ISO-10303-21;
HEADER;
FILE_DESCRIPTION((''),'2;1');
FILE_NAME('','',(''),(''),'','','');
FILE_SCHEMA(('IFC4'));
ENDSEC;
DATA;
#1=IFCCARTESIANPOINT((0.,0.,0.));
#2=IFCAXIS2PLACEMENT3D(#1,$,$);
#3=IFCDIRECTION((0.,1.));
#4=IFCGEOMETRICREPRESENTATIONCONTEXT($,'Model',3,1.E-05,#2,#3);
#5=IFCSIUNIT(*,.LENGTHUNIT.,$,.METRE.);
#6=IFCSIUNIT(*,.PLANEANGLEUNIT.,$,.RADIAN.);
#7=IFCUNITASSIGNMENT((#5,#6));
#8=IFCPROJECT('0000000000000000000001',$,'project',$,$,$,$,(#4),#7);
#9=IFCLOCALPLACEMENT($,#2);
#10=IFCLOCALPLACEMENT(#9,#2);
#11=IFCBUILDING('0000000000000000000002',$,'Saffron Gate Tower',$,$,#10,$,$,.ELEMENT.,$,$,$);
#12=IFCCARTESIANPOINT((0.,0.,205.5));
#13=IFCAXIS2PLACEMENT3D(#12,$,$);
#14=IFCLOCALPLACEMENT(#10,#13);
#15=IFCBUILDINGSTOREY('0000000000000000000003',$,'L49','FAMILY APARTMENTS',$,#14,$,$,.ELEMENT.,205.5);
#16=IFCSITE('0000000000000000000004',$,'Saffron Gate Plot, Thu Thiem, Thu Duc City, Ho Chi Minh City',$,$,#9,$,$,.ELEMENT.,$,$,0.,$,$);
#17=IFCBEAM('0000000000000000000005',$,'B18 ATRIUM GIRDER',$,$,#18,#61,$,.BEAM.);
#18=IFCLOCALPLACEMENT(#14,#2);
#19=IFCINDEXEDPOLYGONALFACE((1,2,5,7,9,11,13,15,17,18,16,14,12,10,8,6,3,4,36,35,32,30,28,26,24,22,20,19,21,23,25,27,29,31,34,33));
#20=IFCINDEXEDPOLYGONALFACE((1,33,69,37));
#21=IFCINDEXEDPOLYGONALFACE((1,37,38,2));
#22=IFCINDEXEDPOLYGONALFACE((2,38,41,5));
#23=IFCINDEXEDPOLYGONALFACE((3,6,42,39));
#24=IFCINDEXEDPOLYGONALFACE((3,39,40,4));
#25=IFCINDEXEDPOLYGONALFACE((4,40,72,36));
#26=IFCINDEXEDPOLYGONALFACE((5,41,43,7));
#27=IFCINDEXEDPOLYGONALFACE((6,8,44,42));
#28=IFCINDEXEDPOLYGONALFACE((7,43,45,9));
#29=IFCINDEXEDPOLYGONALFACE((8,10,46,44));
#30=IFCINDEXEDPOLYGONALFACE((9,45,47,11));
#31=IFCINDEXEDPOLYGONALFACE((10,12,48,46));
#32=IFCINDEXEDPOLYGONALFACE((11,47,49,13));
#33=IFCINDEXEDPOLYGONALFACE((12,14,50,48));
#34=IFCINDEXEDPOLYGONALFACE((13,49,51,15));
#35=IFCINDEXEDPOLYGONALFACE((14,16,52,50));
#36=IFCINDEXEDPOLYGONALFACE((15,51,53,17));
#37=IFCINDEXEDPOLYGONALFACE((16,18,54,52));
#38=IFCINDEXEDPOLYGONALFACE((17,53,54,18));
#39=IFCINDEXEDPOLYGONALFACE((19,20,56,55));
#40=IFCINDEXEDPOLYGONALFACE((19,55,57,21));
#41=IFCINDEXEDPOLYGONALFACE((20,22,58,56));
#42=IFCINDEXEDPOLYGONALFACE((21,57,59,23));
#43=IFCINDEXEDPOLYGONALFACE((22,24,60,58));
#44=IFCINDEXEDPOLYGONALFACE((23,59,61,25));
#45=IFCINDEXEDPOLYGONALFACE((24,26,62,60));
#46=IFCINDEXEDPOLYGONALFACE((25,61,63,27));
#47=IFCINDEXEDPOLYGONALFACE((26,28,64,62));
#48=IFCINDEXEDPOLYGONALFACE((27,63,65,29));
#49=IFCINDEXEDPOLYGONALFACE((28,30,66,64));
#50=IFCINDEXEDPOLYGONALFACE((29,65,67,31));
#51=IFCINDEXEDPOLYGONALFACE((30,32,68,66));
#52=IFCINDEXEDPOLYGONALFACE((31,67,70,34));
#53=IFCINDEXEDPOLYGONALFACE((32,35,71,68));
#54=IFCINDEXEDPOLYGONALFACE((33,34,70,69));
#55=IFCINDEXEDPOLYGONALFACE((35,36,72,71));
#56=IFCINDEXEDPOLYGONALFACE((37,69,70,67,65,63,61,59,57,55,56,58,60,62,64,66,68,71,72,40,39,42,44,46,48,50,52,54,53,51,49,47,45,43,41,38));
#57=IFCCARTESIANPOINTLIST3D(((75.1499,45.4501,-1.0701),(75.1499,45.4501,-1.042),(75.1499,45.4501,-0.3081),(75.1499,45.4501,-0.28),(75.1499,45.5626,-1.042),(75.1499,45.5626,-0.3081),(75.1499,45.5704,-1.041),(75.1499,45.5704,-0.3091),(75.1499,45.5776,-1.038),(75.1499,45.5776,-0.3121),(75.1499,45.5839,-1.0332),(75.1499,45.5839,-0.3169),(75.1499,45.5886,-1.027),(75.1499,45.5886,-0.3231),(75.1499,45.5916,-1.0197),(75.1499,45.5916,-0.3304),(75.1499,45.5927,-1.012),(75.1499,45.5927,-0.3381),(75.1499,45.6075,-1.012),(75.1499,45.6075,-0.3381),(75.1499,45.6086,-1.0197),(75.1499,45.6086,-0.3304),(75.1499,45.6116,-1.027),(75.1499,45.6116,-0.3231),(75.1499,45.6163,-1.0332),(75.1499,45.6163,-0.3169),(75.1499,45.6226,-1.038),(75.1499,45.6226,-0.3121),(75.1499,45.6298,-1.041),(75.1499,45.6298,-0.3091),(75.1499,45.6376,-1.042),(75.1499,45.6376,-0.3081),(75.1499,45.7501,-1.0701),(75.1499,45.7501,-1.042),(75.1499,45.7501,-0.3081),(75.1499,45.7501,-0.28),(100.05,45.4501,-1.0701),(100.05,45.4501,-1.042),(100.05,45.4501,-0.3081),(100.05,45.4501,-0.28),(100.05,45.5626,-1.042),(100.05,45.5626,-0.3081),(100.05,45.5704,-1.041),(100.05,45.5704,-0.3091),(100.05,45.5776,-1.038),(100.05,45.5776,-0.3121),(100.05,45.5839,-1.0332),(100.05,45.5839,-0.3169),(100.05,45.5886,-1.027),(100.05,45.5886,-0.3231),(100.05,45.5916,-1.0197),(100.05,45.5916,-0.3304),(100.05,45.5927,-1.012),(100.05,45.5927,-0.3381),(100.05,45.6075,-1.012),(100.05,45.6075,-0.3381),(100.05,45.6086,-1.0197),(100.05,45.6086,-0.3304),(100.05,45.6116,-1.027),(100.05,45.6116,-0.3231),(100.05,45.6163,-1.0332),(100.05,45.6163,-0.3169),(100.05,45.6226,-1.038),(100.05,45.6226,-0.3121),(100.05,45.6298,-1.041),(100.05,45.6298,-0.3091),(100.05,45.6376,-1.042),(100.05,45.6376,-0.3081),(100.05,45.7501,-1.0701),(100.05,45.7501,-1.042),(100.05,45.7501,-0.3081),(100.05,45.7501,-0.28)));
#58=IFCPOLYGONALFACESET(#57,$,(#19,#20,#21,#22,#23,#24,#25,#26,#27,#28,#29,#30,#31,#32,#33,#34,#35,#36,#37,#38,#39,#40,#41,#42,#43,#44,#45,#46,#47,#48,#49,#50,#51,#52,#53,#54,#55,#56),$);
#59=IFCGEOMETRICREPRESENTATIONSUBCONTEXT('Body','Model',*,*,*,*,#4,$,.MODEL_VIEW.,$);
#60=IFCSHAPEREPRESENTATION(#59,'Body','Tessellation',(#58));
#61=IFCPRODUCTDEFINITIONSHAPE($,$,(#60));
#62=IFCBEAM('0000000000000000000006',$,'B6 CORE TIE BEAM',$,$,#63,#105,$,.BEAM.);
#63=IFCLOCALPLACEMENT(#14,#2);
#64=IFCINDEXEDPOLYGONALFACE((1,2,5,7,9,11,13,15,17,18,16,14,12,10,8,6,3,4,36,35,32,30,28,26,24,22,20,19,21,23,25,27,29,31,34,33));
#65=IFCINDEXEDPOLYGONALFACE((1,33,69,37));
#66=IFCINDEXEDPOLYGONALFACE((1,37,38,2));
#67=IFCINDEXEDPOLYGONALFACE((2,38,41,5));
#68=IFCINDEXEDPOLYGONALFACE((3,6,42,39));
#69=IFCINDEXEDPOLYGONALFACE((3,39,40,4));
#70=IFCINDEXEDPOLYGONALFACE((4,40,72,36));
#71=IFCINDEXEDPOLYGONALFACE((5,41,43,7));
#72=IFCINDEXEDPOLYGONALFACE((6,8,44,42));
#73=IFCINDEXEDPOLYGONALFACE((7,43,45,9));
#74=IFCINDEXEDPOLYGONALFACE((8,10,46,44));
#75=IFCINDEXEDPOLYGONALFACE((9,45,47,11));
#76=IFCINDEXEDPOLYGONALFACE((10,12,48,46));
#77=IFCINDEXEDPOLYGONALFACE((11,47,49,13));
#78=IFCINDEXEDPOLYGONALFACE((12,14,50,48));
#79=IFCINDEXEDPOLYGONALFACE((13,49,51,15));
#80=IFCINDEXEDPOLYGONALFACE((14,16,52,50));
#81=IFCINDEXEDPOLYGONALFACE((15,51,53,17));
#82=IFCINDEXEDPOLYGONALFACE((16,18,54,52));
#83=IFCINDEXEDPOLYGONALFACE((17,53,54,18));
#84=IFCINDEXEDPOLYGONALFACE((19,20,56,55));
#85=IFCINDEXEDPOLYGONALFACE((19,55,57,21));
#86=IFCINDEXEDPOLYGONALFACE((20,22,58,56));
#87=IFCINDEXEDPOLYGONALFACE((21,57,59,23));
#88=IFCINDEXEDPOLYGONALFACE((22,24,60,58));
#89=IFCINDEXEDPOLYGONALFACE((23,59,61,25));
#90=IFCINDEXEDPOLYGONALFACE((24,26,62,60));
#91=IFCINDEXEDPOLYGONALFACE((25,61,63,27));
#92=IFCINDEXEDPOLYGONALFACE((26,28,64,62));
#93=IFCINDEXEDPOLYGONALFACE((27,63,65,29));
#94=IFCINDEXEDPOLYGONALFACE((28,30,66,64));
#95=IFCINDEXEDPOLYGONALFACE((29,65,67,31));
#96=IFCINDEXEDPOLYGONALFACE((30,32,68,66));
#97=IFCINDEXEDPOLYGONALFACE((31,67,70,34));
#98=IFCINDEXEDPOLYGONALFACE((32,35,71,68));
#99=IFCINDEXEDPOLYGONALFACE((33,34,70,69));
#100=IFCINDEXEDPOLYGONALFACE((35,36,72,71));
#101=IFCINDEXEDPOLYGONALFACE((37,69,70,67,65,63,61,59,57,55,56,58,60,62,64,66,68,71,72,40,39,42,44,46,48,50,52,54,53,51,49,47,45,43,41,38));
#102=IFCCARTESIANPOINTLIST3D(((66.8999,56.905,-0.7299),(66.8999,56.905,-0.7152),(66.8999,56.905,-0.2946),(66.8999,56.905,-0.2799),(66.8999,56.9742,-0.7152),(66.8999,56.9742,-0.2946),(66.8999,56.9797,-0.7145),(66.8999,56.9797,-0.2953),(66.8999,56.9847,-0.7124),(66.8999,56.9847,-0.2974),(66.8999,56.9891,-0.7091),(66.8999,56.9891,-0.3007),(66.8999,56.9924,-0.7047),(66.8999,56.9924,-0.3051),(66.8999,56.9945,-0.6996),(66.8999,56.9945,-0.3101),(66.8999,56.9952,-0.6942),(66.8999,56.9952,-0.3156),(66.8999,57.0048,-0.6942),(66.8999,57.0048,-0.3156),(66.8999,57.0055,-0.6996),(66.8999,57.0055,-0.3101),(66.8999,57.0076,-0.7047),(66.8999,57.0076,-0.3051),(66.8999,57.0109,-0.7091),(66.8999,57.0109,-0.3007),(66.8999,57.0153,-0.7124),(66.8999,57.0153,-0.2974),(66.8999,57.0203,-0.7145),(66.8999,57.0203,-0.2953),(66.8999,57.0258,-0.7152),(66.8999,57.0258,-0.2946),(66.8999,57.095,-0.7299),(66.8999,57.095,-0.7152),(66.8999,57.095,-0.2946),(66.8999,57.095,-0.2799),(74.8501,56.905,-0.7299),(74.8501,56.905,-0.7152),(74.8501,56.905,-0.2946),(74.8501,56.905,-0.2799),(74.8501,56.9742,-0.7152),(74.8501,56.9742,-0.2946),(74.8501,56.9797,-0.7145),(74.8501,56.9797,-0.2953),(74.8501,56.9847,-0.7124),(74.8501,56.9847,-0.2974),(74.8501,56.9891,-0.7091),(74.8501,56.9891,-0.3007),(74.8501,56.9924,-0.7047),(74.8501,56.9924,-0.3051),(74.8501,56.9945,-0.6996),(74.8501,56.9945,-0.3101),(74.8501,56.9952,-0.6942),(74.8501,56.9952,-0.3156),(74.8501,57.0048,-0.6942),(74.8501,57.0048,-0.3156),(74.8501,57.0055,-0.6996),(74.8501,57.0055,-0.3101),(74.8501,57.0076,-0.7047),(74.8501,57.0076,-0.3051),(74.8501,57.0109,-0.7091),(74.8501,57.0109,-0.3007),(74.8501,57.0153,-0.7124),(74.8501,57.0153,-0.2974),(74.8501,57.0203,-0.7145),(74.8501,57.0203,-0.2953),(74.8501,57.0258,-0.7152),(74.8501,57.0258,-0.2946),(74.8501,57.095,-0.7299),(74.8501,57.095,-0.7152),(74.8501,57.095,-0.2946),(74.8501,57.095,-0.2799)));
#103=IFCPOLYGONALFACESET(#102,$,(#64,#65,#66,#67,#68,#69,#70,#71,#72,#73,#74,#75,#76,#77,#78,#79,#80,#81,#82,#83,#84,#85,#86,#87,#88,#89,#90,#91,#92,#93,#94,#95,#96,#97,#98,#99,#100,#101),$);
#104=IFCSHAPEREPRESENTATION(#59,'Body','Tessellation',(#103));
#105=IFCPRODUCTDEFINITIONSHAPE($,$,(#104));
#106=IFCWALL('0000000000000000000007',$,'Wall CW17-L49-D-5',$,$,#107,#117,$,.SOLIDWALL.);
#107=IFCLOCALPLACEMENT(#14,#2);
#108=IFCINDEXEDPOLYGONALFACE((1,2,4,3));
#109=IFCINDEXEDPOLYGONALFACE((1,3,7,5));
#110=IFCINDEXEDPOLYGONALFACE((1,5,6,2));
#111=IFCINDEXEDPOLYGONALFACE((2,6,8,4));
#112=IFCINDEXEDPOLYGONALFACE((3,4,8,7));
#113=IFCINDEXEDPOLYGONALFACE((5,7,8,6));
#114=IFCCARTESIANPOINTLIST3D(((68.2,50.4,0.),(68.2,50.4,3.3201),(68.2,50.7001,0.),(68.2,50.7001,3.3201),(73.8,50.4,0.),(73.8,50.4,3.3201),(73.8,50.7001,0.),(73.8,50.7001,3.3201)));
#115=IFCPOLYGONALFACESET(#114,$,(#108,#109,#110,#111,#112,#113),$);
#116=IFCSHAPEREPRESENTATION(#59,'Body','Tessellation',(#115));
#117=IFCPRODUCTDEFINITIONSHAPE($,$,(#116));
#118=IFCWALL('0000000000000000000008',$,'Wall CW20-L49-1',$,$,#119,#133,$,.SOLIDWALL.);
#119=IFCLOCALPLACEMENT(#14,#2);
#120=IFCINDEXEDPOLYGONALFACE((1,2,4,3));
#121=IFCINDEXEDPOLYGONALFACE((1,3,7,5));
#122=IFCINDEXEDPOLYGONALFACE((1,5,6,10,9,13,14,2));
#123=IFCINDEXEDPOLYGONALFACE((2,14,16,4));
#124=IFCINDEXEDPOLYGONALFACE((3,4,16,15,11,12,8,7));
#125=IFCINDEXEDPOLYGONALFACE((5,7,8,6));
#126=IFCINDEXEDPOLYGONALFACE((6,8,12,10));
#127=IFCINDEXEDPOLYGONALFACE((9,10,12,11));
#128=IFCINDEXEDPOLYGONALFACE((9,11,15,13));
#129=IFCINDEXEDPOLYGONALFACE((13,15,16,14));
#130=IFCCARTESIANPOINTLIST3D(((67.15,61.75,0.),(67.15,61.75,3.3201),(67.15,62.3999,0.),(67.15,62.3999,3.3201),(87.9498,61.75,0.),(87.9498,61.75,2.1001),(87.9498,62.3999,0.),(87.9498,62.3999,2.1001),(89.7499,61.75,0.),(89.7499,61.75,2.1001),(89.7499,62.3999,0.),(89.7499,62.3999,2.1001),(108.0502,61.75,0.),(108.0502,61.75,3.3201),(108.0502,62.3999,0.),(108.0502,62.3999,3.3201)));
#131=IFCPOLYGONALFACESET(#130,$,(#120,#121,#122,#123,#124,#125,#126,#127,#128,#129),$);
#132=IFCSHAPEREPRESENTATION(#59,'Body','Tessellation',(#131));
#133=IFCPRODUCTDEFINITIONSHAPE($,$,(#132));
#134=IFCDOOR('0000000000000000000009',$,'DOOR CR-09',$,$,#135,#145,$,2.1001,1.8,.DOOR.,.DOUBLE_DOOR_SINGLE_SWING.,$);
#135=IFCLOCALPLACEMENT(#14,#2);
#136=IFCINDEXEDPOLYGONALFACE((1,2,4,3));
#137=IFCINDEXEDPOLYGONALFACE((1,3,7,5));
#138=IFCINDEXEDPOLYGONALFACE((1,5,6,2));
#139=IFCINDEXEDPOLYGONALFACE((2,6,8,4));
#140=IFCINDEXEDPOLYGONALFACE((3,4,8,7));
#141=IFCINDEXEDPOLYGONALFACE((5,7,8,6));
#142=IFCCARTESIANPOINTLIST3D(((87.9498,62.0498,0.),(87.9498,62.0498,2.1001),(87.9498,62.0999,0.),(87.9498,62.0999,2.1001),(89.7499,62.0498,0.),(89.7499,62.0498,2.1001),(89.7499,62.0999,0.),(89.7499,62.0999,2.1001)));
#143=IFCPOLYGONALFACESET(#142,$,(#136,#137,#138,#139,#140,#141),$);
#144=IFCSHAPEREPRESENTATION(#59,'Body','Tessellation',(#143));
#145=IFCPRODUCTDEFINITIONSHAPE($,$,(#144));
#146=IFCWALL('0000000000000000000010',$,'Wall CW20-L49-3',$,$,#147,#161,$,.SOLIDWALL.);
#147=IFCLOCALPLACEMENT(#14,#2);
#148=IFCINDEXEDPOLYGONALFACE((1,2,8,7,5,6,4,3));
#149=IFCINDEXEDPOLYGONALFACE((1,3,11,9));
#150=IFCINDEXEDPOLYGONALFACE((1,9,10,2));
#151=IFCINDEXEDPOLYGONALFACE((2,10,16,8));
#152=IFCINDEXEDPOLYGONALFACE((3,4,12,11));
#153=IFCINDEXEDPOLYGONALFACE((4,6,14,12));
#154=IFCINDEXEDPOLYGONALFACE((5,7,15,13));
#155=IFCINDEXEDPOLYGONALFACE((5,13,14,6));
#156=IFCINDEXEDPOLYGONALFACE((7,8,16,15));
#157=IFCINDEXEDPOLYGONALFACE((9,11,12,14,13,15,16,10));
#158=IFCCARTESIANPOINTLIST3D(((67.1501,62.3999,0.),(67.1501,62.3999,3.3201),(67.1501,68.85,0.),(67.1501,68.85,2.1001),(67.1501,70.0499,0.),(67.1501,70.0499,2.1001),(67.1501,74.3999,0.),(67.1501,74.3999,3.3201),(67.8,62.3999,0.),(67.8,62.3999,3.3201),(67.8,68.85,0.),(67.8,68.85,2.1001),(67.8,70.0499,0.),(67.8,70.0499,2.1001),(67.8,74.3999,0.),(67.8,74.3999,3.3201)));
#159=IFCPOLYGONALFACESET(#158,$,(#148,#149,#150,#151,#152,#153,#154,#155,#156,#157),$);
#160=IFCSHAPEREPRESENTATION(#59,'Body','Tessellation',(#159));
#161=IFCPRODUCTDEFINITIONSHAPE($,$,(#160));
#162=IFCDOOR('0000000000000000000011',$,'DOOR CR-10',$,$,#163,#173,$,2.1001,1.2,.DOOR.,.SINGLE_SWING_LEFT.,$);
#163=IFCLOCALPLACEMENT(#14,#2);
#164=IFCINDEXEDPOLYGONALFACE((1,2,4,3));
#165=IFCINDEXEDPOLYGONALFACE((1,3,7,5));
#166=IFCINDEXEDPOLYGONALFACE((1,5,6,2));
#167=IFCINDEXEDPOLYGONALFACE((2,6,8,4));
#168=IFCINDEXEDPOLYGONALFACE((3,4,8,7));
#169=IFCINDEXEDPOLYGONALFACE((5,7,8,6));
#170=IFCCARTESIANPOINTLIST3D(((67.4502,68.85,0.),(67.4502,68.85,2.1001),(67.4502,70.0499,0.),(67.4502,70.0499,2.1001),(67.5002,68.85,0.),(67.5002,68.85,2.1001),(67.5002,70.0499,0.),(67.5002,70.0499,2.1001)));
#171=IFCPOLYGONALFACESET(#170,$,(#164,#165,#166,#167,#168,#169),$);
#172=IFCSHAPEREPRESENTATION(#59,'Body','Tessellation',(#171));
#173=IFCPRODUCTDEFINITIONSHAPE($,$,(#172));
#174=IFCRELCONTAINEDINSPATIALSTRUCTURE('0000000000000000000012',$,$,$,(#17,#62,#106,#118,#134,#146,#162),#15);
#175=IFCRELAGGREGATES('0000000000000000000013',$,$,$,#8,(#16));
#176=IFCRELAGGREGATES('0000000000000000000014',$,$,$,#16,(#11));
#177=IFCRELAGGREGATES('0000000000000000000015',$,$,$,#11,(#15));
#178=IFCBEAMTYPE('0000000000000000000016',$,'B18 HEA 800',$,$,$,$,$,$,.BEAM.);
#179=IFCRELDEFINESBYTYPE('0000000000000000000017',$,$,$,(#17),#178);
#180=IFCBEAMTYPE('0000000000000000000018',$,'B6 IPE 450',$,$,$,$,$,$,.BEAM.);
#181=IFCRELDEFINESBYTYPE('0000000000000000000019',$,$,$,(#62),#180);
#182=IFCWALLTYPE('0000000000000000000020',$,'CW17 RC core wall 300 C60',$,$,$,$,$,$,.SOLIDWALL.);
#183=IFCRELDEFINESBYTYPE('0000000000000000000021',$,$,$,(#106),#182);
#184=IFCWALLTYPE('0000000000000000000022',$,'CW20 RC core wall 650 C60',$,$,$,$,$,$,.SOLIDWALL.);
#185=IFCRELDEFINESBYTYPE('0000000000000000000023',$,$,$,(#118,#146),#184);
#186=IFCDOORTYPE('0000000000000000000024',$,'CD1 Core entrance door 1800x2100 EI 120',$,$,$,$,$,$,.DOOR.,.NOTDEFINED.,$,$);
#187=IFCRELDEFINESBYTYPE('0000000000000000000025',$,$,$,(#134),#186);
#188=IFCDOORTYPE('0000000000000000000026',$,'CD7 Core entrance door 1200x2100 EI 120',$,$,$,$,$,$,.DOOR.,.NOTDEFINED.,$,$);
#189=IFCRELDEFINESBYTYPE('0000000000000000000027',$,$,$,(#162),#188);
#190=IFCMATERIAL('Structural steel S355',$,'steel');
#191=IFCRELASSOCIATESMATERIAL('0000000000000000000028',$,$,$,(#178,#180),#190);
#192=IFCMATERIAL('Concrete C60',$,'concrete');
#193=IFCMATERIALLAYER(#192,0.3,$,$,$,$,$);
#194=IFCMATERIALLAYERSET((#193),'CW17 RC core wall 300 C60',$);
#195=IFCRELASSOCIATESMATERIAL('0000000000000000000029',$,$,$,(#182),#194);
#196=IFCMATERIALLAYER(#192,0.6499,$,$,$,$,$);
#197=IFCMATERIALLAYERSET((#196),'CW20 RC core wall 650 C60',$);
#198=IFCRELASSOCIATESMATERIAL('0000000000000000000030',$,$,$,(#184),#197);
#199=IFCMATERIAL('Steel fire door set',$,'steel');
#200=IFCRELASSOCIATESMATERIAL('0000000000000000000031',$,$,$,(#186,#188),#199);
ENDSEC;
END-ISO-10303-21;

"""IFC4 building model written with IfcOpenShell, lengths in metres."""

from ifc_helpers import new_model, si_unit, direction, frame, frame_2d, origin, origin_2d, place, context, subcontext, project, spatial, rectangle, i_section, extrude, material, layer, layer_set, material_profile, profile_set, type_object, element, fill, save


model = new_model("IFC4")

# Units and contexts
model_context = context("Model", 3, precision=1e-05, world=origin(), true_north=direction((0.0, 1.0)))
body_context = subcontext(model_context, "Body", "Model", "MODEL_VIEW")
ifc_project = project(units=[si_unit("LENGTHUNIT", "METRE"), si_unit("PLANEANGLEUNIT", "RADIAN")], contexts=[model_context])

# Site, building, storey
site_placement = place(None, origin())
site = spatial("IfcSite", under=ifc_project, at=site_placement, Name="Saffron Gate Plot, Thu Thiem, Thu Duc City, Ho Chi Minh City", CompositionType="ELEMENT", RefElevation=0.0)
building_placement = place(site_placement, origin())
building = spatial("IfcBuilding", under=site, at=building_placement, Name="Saffron Gate Tower", CompositionType="ELEMENT")
storey_placement = place(building_placement, frame((0.0, 0.0, 205.5)))
storey = spatial("IfcBuildingStorey", under=building, at=storey_placement, Name="L49", Description="FAMILY APARTMENTS", CompositionType="ELEMENT", Elevation=205.5)

# Beams
ifc_material_1 = material(Name="Structural steel S355", Category="steel")
ifc_material_profile_1 = material_profile(ifc_material_1, i_section(OverallWidth=0.3, OverallDepth=0.79, WebThickness=0.0149, FlangeThickness=0.0281, FilletRadius=0.03, at=origin_2d()))
ifc_profile_set_1 = profile_set([ifc_material_profile_1], Name="Structural steel S355")
beam_type_1 = type_object("IfcBeamType", Name="B18 HEA 800", PredefinedType="BEAM", material=ifc_profile_set_1)
beam_1_placement = place(storey_placement, frame((75.1499, 45.6001, -0.675), z_axis=(1.0, 0.0, 0.0), x_axis=(0.0, 1.0, 0.0)))
element("IfcBeam", 1, at=beam_1_placement, inside=storey, type_object=beam_type_1, Name="B18 ATRIUM GIRDER", PredefinedType="BEAM", context=body_context, shape_type="SweptSolid", body=[
    extrude(i_section(OverallWidth=0.3, OverallDepth=0.79, WebThickness=0.0149, FlangeThickness=0.0281, FilletRadius=0.03, at=origin_2d()), origin(), (0.0, 0.0, 1.0), 24.9001),
])
ifc_material_profile_2 = material_profile(ifc_material_1, i_section(OverallWidth=0.1899, OverallDepth=0.45, WebThickness=0.0095, FlangeThickness=0.0146, FilletRadius=0.021, at=origin_2d()))
ifc_profile_set_2 = profile_set([ifc_material_profile_2], Name="Structural steel S355")
beam_type_2 = type_object("IfcBeamType", Name="B6 IPE 450", PredefinedType="BEAM", material=ifc_profile_set_2)
beam_2_placement = place(storey_placement, frame((66.8999, 57.0, -0.5049), z_axis=(1.0, 0.0, 0.0), x_axis=(0.0, 1.0, 0.0)))
element("IfcBeam", 2, at=beam_2_placement, inside=storey, type_object=beam_type_2, Name="B6 CORE TIE BEAM", PredefinedType="BEAM", context=body_context, shape_type="SweptSolid", body=[
    extrude(i_section(OverallWidth=0.1899, OverallDepth=0.45, WebThickness=0.0095, FlangeThickness=0.0146, FilletRadius=0.021, at=origin_2d()), origin(), (0.0, 0.0, 1.0), 7.9502),
])

# Wall
ifc_material_2 = material(Name="Concrete C60", Category="concrete")
ifc_layer_1 = layer(ifc_material_2, 0.3)
ifc_layer_set_1 = layer_set([ifc_layer_1], Name="CW17 RC core wall 300 C60")
wall_type_1 = type_object("IfcWallType", Name="CW17 RC core wall 300 C60", PredefinedType="SOLIDWALL", material=ifc_layer_set_1)
wall_1_placement = place(storey_placement, frame((68.2, 50.55, 0.0), z_axis=(0.0, 0.0, 1.0), x_axis=(1.0, 0.0, 0.0)))
element("IfcWall", 3, at=wall_1_placement, inside=storey, type_object=wall_type_1, Name="Wall CW17-L49-D-5", PredefinedType="SOLIDWALL", context=body_context, shape_type="SweptSolid", body=[
    extrude(rectangle(XDim=5.6001, YDim=0.3, at=frame_2d((2.8, 0.0))), origin(), (0.0, 0.0, 1.0), 3.3201),
])

# Walls, openings, doors
ifc_layer_2 = layer(ifc_material_2, 0.6499)
ifc_layer_set_2 = layer_set([ifc_layer_2], Name="CW20 RC core wall 650 C60")
wall_type_2 = type_object("IfcWallType", Name="CW20 RC core wall 650 C60", PredefinedType="SOLIDWALL", material=ifc_layer_set_2)
wall_2_placement = place(storey_placement, frame((67.1499, 62.075, 0.0), z_axis=(0.0, 0.0, 1.0), x_axis=(1.0, 0.0, 0.0)))
wall_2 = element("IfcWall", 4, at=wall_2_placement, inside=storey, type_object=wall_type_2, Name="Wall CW20-L49-1", PredefinedType="SOLIDWALL", context=body_context, shape_type="SweptSolid", body=[
    extrude(rectangle(XDim=40.9001, YDim=0.6499, at=frame_2d((20.4502, 0.0))), origin(), (0.0, 0.0, 1.0), 3.3201),
])
opening_1_placement = place(wall_2_placement, frame((20.8, 0.0, 0.0)))
opening_1 = element("IfcOpeningElement", 5, at=opening_1_placement, cuts=wall_2, PredefinedType="OPENING", context=body_context, shape_type="SweptSolid", body=[
    extrude(rectangle(XDim=1.8, YDim=2.1001, at=frame_2d((0.8999, 1.05))), frame((0.0, 0.335, 0.0), z_axis=(0.0, -1.0, 0.0), x_axis=(1.0, 0.0, 0.0)), (0.0, 0.0, 1.0), 0.6699),
])
ifc_material_3 = material(Name="Steel fire door set", Category="steel")
door_type_1 = type_object("IfcDoorType", Name="CD1 Core entrance door 1800x2100 EI 120", OperationType="NOTDEFINED", PredefinedType="DOOR", material=ifc_material_3)
door_1_placement = place(opening_1_placement, origin())
door_1 = element("IfcDoor", 6, at=door_1_placement, inside=storey, type_object=door_type_1, Name="DOOR CR-09", OperationType="DOUBLE_DOOR_SINGLE_SWING", OverallHeight=2.1001, OverallWidth=1.8, PredefinedType="DOOR", context=body_context, shape_type="SweptSolid", body=[
    extrude(rectangle(XDim=1.8, YDim=2.1001, at=frame_2d((0.8999, 1.05))), frame((0.0, 0.0249, 0.0), z_axis=(0.0, -1.0, 0.0), x_axis=(1.0, 0.0, 0.0)), (0.0, 0.0, 1.0), 0.05),
])
fill(opening_1, door_1)
wall_3_placement = place(storey_placement, frame((67.4751, 62.3999, 0.0), z_axis=(0.0, 0.0, 1.0), x_axis=(0.0, 1.0, 0.0)))
wall_3 = element("IfcWall", 7, at=wall_3_placement, inside=storey, type_object=wall_type_2, Name="Wall CW20-L49-3", PredefinedType="SOLIDWALL", context=body_context, shape_type="SweptSolid", body=[
    extrude(rectangle(XDim=12.0, YDim=0.6499, at=frame_2d((6.0, 0.0))), origin(), (0.0, 0.0, 1.0), 3.3201),
])
opening_2_placement = place(wall_3_placement, frame((6.45, 0.0, 0.0)))
opening_2 = element("IfcOpeningElement", 8, at=opening_2_placement, cuts=wall_3, PredefinedType="OPENING", context=body_context, shape_type="SweptSolid", body=[
    extrude(rectangle(XDim=1.2, YDim=2.1001, at=frame_2d((0.6001, 1.05))), frame((0.0, 0.335, 0.0), z_axis=(0.0, -1.0, 0.0), x_axis=(1.0, 0.0, 0.0)), (0.0, 0.0, 1.0), 0.6699),
])
door_type_2 = type_object("IfcDoorType", Name="CD7 Core entrance door 1200x2100 EI 120", OperationType="NOTDEFINED", PredefinedType="DOOR", material=ifc_material_3)
door_2_placement = place(opening_2_placement, origin())
door_2 = element("IfcDoor", 9, at=door_2_placement, inside=storey, type_object=door_type_2, Name="DOOR CR-10", OperationType="SINGLE_SWING_LEFT", OverallHeight=2.1001, OverallWidth=1.2, PredefinedType="DOOR", context=body_context, shape_type="SweptSolid", body=[
    extrude(rectangle(XDim=1.2, YDim=2.1001, at=frame_2d((0.6001, 1.05))), frame((0.0, 0.0249, 0.0), z_axis=(0.0, -1.0, 0.0), x_axis=(1.0, 0.0, 0.0)), (0.0, 0.0, 1.0), 0.05),
])
fill(opening_2, door_2)

save(model, "model.ifc")
